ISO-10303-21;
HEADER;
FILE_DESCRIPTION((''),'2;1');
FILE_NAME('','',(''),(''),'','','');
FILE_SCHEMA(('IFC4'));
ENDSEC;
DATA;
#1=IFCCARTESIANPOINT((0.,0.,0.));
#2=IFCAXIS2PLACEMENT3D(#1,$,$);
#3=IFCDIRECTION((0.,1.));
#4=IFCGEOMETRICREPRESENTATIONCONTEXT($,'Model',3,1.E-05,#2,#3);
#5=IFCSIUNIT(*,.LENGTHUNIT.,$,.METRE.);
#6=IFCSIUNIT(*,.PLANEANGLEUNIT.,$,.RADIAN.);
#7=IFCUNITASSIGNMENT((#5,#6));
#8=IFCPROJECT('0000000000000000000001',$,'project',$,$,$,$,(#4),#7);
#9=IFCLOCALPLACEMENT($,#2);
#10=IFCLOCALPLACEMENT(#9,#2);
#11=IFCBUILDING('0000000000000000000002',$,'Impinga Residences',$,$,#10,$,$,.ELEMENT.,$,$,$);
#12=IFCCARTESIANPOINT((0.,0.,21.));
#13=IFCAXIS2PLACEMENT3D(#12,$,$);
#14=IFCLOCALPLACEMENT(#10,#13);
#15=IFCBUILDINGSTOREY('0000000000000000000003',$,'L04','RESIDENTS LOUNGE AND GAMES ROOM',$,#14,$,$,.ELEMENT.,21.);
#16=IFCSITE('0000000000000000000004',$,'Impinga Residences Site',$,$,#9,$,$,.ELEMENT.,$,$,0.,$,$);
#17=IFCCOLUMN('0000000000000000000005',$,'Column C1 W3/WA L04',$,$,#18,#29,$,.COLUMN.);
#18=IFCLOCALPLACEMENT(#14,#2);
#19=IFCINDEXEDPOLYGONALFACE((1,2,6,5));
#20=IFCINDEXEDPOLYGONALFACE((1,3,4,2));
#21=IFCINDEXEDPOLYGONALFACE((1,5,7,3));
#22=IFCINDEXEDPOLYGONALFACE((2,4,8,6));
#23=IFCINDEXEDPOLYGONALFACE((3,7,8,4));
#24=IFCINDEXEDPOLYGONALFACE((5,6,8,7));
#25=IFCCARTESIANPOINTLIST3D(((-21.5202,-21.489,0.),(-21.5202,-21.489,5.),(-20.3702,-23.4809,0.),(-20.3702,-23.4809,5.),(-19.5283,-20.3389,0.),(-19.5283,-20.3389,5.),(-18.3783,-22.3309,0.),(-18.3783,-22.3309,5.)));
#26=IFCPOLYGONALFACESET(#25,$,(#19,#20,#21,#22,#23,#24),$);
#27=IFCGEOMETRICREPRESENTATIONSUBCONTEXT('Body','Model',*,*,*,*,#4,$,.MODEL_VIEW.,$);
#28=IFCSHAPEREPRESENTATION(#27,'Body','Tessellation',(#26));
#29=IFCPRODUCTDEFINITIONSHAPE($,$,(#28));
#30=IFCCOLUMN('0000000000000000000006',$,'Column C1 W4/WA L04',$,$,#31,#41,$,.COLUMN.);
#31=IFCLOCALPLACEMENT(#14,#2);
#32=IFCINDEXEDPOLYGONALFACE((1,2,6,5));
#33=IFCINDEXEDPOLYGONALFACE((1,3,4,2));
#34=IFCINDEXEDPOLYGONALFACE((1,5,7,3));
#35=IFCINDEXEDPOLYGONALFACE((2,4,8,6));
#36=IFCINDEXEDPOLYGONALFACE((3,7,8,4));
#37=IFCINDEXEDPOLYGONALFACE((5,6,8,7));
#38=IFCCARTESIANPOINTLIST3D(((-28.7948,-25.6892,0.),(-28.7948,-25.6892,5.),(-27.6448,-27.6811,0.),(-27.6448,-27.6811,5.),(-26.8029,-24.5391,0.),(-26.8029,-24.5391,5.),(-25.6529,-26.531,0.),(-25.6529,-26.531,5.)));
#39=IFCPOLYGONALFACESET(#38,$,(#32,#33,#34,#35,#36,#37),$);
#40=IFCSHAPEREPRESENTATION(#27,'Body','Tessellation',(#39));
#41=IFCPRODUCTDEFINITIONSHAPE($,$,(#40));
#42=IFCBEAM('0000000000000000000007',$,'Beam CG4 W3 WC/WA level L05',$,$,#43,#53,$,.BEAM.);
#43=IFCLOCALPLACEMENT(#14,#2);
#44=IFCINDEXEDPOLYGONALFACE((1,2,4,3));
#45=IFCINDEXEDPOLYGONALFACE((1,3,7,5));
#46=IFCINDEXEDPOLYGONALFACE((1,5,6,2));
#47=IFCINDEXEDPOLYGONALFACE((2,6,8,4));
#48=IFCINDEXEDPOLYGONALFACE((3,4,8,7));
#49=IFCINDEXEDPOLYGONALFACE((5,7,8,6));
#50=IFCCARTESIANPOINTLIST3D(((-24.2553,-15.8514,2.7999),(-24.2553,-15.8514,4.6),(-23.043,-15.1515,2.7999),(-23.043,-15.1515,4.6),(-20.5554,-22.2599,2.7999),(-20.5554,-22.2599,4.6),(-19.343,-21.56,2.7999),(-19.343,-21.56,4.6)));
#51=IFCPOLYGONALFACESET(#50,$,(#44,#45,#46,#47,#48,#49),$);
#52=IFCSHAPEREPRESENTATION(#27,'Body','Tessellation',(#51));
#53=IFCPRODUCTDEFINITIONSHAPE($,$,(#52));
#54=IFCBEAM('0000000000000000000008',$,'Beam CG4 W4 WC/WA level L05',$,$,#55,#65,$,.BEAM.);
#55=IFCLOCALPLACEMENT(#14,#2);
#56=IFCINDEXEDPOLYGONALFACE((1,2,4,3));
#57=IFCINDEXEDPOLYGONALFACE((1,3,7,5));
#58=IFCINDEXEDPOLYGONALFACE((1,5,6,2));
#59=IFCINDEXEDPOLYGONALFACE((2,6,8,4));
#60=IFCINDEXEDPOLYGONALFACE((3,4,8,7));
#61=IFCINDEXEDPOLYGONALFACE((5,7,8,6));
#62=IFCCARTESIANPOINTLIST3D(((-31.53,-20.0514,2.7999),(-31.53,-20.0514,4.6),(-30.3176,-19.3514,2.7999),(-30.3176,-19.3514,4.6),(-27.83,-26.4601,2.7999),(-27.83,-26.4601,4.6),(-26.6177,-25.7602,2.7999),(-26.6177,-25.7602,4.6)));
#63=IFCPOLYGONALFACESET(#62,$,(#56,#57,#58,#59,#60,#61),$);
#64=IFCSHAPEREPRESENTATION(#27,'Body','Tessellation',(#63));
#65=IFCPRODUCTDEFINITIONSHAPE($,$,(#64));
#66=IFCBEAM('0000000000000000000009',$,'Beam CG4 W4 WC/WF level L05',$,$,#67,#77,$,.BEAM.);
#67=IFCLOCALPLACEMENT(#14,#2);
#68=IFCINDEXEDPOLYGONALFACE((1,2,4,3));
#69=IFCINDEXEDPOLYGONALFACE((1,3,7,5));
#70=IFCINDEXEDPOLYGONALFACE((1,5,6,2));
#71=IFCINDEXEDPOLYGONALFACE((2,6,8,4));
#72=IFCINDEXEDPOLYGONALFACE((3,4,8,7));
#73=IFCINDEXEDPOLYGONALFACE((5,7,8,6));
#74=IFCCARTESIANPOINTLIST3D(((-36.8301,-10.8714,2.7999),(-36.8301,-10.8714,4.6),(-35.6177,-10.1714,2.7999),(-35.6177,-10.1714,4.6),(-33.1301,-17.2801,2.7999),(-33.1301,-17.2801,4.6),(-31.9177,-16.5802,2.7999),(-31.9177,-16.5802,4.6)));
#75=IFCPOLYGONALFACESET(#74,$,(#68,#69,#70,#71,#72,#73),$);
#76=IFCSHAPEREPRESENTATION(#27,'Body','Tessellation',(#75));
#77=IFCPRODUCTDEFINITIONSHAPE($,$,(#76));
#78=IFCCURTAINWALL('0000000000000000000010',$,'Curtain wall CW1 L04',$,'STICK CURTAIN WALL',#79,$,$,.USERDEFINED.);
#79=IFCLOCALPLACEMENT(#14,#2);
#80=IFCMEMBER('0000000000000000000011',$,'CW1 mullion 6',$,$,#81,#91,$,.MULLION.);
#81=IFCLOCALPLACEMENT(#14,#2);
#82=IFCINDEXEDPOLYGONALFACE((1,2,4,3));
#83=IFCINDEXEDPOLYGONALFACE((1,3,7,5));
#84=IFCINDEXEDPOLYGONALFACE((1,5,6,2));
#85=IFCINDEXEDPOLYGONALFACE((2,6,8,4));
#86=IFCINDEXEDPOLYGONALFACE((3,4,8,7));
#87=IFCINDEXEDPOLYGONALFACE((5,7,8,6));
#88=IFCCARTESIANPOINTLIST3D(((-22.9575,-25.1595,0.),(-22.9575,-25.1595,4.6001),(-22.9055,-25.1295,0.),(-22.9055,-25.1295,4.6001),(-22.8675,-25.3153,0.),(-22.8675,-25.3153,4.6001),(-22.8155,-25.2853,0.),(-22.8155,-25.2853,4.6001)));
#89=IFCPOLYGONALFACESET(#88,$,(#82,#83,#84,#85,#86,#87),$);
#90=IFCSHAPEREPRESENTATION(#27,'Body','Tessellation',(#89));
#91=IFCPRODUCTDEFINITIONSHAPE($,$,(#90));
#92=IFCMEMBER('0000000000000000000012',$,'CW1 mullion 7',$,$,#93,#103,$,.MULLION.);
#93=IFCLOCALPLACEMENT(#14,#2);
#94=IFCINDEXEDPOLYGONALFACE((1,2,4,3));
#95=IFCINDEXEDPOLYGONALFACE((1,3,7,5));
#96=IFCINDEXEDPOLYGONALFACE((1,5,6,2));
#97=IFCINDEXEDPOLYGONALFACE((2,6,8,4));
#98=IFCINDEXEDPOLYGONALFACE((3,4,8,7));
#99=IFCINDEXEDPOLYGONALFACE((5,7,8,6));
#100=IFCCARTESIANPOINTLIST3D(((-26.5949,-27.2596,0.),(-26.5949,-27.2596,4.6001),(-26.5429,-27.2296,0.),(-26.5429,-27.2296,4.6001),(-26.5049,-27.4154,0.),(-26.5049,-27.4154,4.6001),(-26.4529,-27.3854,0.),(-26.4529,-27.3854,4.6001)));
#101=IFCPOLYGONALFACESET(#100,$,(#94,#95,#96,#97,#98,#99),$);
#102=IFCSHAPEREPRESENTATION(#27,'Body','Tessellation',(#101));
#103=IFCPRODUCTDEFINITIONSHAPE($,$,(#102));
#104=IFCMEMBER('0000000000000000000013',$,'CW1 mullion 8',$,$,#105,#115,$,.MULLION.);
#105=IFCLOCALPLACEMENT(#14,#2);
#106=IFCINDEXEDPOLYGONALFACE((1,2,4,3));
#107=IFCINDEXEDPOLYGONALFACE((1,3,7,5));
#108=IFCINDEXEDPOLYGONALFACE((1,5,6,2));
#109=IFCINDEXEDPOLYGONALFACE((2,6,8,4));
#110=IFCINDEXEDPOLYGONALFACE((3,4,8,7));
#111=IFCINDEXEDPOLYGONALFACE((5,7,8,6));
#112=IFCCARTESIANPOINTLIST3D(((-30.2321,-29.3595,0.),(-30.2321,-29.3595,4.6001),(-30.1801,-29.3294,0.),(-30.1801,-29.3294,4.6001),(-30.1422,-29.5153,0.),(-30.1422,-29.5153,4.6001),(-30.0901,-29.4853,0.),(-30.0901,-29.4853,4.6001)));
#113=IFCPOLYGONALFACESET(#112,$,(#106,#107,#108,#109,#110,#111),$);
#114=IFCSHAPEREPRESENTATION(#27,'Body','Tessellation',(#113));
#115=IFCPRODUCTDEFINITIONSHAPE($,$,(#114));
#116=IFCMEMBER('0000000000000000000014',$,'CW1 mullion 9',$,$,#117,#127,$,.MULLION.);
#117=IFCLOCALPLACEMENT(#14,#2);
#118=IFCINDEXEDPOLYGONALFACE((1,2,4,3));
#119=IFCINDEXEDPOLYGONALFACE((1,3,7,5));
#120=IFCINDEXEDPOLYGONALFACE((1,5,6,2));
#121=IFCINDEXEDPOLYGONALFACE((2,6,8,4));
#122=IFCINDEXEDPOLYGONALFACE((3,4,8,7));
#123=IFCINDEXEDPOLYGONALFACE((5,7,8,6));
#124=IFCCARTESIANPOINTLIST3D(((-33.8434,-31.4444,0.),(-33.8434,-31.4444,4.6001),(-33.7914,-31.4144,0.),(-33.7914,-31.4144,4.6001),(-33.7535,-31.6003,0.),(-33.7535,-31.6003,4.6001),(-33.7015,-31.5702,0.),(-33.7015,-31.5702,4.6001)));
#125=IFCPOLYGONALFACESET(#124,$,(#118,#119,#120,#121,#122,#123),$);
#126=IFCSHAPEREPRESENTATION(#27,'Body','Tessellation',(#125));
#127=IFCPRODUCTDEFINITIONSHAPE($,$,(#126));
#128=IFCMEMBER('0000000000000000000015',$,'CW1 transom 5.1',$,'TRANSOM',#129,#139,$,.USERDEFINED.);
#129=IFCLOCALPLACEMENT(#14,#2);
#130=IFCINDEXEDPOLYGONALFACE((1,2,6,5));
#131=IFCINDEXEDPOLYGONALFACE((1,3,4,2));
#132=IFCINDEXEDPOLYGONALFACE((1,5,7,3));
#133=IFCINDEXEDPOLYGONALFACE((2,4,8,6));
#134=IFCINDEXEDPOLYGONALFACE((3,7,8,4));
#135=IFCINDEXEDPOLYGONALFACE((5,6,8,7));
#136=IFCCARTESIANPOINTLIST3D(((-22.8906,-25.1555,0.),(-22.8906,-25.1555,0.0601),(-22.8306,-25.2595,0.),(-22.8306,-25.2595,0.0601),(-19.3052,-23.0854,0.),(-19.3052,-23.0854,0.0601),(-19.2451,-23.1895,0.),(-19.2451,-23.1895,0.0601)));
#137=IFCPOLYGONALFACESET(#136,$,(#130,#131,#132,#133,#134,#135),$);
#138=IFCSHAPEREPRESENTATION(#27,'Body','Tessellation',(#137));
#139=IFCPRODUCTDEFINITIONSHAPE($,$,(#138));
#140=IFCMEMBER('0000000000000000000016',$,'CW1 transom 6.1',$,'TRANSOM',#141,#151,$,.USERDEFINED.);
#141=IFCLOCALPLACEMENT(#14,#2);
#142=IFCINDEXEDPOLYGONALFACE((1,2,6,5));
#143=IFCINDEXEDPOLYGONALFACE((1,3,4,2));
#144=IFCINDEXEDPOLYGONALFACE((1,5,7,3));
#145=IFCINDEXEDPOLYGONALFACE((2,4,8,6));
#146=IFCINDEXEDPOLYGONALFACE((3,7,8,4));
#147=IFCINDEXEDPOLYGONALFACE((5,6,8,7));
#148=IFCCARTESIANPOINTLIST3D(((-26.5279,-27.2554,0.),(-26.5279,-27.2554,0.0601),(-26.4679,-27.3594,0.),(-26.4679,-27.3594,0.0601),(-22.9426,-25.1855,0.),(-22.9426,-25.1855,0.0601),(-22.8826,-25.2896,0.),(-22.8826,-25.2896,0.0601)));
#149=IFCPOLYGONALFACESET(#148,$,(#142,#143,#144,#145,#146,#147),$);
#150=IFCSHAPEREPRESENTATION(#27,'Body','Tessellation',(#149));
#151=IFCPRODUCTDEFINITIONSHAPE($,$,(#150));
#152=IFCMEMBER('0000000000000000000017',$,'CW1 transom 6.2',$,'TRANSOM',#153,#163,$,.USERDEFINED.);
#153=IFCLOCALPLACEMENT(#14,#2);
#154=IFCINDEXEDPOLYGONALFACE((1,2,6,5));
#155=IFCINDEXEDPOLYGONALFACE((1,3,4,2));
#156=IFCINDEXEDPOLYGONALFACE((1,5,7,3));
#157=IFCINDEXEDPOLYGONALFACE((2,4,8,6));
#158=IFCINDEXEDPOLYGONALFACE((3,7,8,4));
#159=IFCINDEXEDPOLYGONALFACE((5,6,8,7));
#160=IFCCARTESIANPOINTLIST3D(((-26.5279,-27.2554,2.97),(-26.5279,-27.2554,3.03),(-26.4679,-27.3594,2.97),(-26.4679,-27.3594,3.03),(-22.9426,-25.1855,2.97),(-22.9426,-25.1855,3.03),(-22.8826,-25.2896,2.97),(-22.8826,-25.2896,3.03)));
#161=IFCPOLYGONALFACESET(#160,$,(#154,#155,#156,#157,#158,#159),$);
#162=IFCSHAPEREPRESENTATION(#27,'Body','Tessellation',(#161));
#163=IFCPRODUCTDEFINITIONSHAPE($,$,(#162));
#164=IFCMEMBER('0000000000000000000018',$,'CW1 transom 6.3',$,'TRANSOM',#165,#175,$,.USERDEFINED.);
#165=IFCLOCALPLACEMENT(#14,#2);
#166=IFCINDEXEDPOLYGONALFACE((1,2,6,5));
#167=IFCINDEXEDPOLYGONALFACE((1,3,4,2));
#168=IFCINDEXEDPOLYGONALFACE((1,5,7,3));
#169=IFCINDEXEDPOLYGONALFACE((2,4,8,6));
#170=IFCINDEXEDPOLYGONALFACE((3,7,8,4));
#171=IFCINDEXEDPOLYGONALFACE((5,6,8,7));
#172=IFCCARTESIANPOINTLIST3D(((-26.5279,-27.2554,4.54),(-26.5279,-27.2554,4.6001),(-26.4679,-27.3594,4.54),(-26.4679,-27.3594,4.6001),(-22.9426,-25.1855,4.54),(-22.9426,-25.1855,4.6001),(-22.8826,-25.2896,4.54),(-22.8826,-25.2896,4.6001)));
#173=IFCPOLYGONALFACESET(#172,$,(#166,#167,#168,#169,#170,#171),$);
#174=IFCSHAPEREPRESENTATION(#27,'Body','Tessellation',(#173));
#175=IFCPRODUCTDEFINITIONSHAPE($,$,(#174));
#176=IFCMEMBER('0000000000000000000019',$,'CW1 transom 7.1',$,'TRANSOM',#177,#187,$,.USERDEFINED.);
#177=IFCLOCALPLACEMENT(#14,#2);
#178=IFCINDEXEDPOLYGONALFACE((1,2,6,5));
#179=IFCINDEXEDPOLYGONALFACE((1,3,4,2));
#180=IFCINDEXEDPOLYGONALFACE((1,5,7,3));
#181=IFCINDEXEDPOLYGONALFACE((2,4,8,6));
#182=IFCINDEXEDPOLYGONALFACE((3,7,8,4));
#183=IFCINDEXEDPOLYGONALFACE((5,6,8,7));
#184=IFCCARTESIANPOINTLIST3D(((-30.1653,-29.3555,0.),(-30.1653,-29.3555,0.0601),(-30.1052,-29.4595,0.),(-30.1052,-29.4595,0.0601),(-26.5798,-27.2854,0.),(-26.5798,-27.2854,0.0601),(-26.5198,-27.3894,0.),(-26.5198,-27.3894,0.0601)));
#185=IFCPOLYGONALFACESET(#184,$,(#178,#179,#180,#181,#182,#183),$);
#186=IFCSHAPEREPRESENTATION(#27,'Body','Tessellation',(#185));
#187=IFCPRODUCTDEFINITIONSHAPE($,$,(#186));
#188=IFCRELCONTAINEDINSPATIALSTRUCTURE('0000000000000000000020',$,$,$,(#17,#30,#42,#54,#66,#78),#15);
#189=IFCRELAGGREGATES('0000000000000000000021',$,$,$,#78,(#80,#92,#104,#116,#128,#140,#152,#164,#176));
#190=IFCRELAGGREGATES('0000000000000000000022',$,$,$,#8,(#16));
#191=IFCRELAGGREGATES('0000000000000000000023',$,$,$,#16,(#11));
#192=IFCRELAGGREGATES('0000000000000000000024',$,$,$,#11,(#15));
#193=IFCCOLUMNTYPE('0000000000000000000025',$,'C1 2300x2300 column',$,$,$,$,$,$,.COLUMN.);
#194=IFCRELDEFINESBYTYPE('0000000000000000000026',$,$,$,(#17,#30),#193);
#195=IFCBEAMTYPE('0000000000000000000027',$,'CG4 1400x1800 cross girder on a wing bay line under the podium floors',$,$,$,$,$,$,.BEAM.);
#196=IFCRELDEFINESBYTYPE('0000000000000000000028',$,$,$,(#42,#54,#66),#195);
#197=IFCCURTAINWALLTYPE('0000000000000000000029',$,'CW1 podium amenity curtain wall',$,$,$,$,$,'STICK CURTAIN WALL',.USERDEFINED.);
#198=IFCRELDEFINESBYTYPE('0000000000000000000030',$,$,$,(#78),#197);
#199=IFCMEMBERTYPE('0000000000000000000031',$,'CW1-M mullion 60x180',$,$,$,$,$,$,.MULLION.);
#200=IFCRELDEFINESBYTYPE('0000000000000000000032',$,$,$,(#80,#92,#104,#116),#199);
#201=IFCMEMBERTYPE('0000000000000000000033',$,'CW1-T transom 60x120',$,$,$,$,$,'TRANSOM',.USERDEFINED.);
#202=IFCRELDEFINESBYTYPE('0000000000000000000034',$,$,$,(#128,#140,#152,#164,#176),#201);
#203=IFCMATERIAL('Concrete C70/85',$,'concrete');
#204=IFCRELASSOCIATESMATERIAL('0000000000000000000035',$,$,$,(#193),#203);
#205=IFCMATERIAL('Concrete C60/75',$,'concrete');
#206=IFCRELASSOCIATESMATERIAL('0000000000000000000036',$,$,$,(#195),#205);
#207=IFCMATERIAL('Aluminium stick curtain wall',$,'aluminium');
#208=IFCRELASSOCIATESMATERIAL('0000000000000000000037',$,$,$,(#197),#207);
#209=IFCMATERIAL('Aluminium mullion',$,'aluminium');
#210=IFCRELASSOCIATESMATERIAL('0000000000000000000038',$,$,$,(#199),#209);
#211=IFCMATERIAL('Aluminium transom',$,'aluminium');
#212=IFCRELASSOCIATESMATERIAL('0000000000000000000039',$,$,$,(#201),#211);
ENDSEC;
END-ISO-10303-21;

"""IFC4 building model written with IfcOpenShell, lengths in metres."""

from ifc_helpers import new_model, si_unit, direction, frame, origin, origin_2d, place, context, subcontext, project, spatial, rectangle, extrude, material, material_profile, profile_set, type_object, element, aggregate, save


model = new_model("IFC4")

# Units and contexts
model_context = context("Model", 3, precision=1e-05, world=origin(), true_north=direction((0.0, 1.0)))
body_context = subcontext(model_context, "Body", "Model", "MODEL_VIEW")
ifc_project = project(units=[si_unit("LENGTHUNIT", "METRE"), si_unit("PLANEANGLEUNIT", "RADIAN")], contexts=[model_context])

# Site, building, storey
site_placement = place(None, origin())
site = spatial("IfcSite", under=ifc_project, at=site_placement, Name="Impinga Residences Site", CompositionType="ELEMENT", RefElevation=0.0)
building_placement = place(site_placement, origin())
building = spatial("IfcBuilding", under=site, at=building_placement, Name="Impinga Residences", CompositionType="ELEMENT")
storey_placement = place(building_placement, frame((0.0, 0.0, 21.0)))
storey = spatial("IfcBuildingStorey", under=building, at=storey_placement, Name="L04", Description="RESIDENTS LOUNGE AND GAMES ROOM", CompositionType="ELEMENT", Elevation=21.0)

# Columns
ifc_material_1 = material(Name="Concrete C70/85", Category="concrete")
ifc_material_profile_1 = material_profile(ifc_material_1, rectangle(XDim=2.3, YDim=2.3, at=origin_2d()), Name="RC 2300x2300")
ifc_profile_set_1 = profile_set([ifc_material_profile_1], Name="Concrete C70/85")
column_type = type_object("IfcColumnType", Name="C1 2300x2300 column", PredefinedType="COLUMN", material=ifc_profile_set_1)
for number, where, z_axis, x_axis, name in (
    (1, (-19.9492, -21.9099, 0.0), (0.0, 0.0, 1.0), (-0.5, 0.866025, 0.0), "Column C1 W3/WA L04"),
    (2, (-27.2239, -26.1101, 0.0), (0.0, 0.0, 1.0), (-0.5, 0.866025, 0.0), "Column C1 W4/WA L04"),
):
    element("IfcColumn", number, at=place(storey_placement, frame(where, z_axis=z_axis, x_axis=x_axis)), inside=storey, type_object=column_type, Name=name, PredefinedType="COLUMN", context=body_context, shape_type="SweptSolid", body=[
        extrude(rectangle(XDim=2.3, YDim=2.3, at=origin_2d()), origin(), (0.0, 0.0, 1.0), 5.0),
    ])

# Beams
ifc_material_2 = material(Name="Concrete C60/75", Category="concrete")
ifc_material_profile_2 = material_profile(ifc_material_2, rectangle(XDim=1.3999, YDim=1.8, at=origin_2d()), Name="RC 1400x1800")
ifc_profile_set_2 = profile_set([ifc_material_profile_2], Name="Concrete C60/75")
beam_type_1 = type_object("IfcBeamType", Name="CG4 1400x1800 cross girder on a wing bay line under the podium floors", PredefinedType="BEAM", material=ifc_profile_set_2)
beam_1_placement = place(storey_placement, frame((-23.6492, -15.5015, 3.7), z_axis=(0.500003, -0.866024, 0.0), x_axis=(0.866024, 0.500003, 0.0)))
element("IfcBeam", 3, at=beam_1_placement, inside=storey, type_object=beam_type_1, Name="Beam CG4 W3 WC/WA level L05", PredefinedType="BEAM", context=body_context, shape_type="SweptSolid", body=[
    extrude(rectangle(XDim=1.3999, YDim=1.8, at=origin_2d()), origin(), (0.0, 0.0, 1.0), 7.3999),
])
for number, where, z_axis, x_axis, name in (
    (4, (-30.9238, -19.7014, 3.7), (0.499989, -0.866032, 0.0), (0.866032, 0.499989, 0.0), "Beam CG4 W4 WC/WA level L05"),
    (5, (-32.5239, -16.9302, 3.7), (-0.499989, 0.866032, 0.0), (-0.866032, -0.499989, 0.0), "Beam CG4 W4 WC/WF level L05"),
):
    element("IfcBeam", number, at=place(storey_placement, frame(where, z_axis=z_axis, x_axis=x_axis)), inside=storey, type_object=beam_type_1, Name=name, PredefinedType="BEAM", context=body_context, shape_type="SweptSolid", body=[
        extrude(rectangle(XDim=1.3999, YDim=1.8, at=origin_2d()), origin(), (0.0, 0.0, 1.0), 7.4001),
    ])

# Curtain wall, members
ifc_material_3 = material(Name="Aluminium stick curtain wall", Category="aluminium")
curtain_wall_type = type_object("IfcCurtainWallType", Name="CW1 podium amenity curtain wall", ElementType="STICK CURTAIN WALL", PredefinedType="USERDEFINED", material=ifc_material_3)
curtain_wall_placement = place(storey_placement, origin())
curtain_wall = element("IfcCurtainWall", 6, at=curtain_wall_placement, inside=storey, type_object=curtain_wall_type, Name="Curtain wall CW1 L04", ObjectType="STICK CURTAIN WALL", PredefinedType="USERDEFINED")
ifc_material_4 = material(Name="Aluminium mullion", Category="aluminium")
ifc_material_profile_3 = material_profile(ifc_material_4, rectangle(XDim=0.0601, YDim=0.1799, at=origin_2d()), Name="60x180 mullion")
ifc_profile_set_3 = profile_set([ifc_material_profile_3], Name="Aluminium mullion")
member_type_1 = type_object("IfcMemberType", Name="CW1-M mullion 60x180", PredefinedType="MULLION", material=ifc_profile_set_3)
member_1_placement = place(storey_placement, frame((-22.8865, -25.2224, 0.0), z_axis=(0.0, 0.0, 1.0), x_axis=(-0.866025, -0.5, 0.0)))
member_1 = element("IfcMember", 7, at=member_1_placement, type_object=member_type_1, Name="CW1 mullion 6", PredefinedType="MULLION", context=body_context, shape_type="SweptSolid", body=[
    extrude(rectangle(XDim=0.0601, YDim=0.1799, at=origin_2d()), origin(), (0.0, 0.0, 1.0), 4.6001),
])
member_2_placement = place(storey_placement, frame((-26.5239, -27.3225, 0.0), z_axis=(0.0, 0.0, 1.0), x_axis=(-0.866025, -0.5, 0.0)))
member_2 = element("IfcMember", 8, at=member_2_placement, type_object=member_type_1, Name="CW1 mullion 7", PredefinedType="MULLION", context=body_context, shape_type="SweptSolid", body=[
    extrude(rectangle(XDim=0.0601, YDim=0.1799, at=origin_2d()), origin(), (0.0, 0.0, 1.0), 4.6001),
])
member_3_placement = place(storey_placement, frame((-30.1611, -29.4224, 0.0), z_axis=(0.0, 0.0, 1.0), x_axis=(-0.866025, -0.5, 0.0)))
member_3 = element("IfcMember", 9, at=member_3_placement, type_object=member_type_1, Name="CW1 mullion 8", PredefinedType="MULLION", context=body_context, shape_type="SweptSolid", body=[
    extrude(rectangle(XDim=0.0601, YDim=0.1799, at=origin_2d()), origin(), (0.0, 0.0, 1.0), 4.6001),
])
member_4_placement = place(storey_placement, frame((-33.7725, -31.5073, 0.0), z_axis=(0.0, 0.0, 1.0), x_axis=(-0.866025, -0.5, 0.0)))
member_4 = element("IfcMember", 10, at=member_4_placement, type_object=member_type_1, Name="CW1 mullion 9", PredefinedType="MULLION", context=body_context, shape_type="SweptSolid", body=[
    extrude(rectangle(XDim=0.0601, YDim=0.1799, at=origin_2d()), origin(), (0.0, 0.0, 1.0), 4.6001),
])
ifc_material_5 = material(Name="Aluminium transom", Category="aluminium")
ifc_material_profile_4 = material_profile(ifc_material_5, rectangle(XDim=0.0601, YDim=0.1201, at=origin_2d()), Name="60x120 transom")
ifc_profile_set_4 = profile_set([ifc_material_profile_4], Name="Aluminium transom")
member_type_2 = type_object("IfcMemberType", Name="CW1-T transom 60x120", ElementType="TRANSOM", PredefinedType="USERDEFINED", material=ifc_profile_set_4)
member_5_placement = place(storey_placement, frame((-19.2751, -23.1375, 0.03), z_axis=(-0.866025, -0.500002, 0.0), x_axis=(0.0, 0.0, 1.0)))
member_5 = element("IfcMember", 11, at=member_5_placement, type_object=member_type_2, Name="CW1 transom 5.1", ObjectType="TRANSOM", PredefinedType="USERDEFINED", context=body_context, shape_type="SweptSolid", body=[
    extrude(rectangle(XDim=0.0601, YDim=0.1201, at=origin_2d()), origin(), (0.0, 0.0, 1.0), 4.1401),
])
member_6_placement = place(storey_placement, frame((-22.9126, -25.2375, 0.03), z_axis=(-0.866035, -0.499983, 0.0), x_axis=(0.0, 0.0, 1.0)))
member_6 = element("IfcMember", 12, at=member_6_placement, type_object=member_type_2, Name="CW1 transom 6.1", ObjectType="TRANSOM", PredefinedType="USERDEFINED", context=body_context, shape_type="SweptSolid", body=[
    extrude(rectangle(XDim=0.0601, YDim=0.1201, at=origin_2d()), origin(), (0.0, 0.0, 1.0), 4.1399),
])
member_7_placement = place(storey_placement, frame((-22.9126, -25.2375, 3.0), z_axis=(-0.866035, -0.499983, 0.0), x_axis=(0.0, 0.0, 1.0)))
member_7 = element("IfcMember", 13, at=member_7_placement, type_object=member_type_2, Name="CW1 transom 6.2", ObjectType="TRANSOM", PredefinedType="USERDEFINED", context=body_context, shape_type="SweptSolid", body=[
    extrude(rectangle(XDim=0.0601, YDim=0.1201, at=origin_2d()), origin(), (0.0, 0.0, 1.0), 4.1399),
])
member_8_placement = place(storey_placement, frame((-22.9126, -25.2375, 4.5701), z_axis=(-0.866035, -0.499983, 0.0), x_axis=(0.0, 0.0, 1.0)))
member_8 = element("IfcMember", 14, at=member_8_placement, type_object=member_type_2, Name="CW1 transom 6.3", ObjectType="TRANSOM", PredefinedType="USERDEFINED", context=body_context, shape_type="SweptSolid", body=[
    extrude(rectangle(XDim=0.0601, YDim=0.1201, at=origin_2d()), origin(), (0.0, 0.0, 1.0), 4.1399),
])
member_9_placement = place(storey_placement, frame((-26.5498, -27.3374, 0.03), z_axis=(-0.866025, -0.500002, 0.0), x_axis=(0.0, 0.0, 1.0)))
member_9 = element("IfcMember", 15, at=member_9_placement, type_object=member_type_2, Name="CW1 transom 7.1", ObjectType="TRANSOM", PredefinedType="USERDEFINED", context=body_context, shape_type="SweptSolid", body=[
    extrude(rectangle(XDim=0.0601, YDim=0.1201, at=origin_2d()), origin(), (0.0, 0.0, 1.0), 4.1401),
])

aggregate(curtain_wall, [member_1, member_2, member_3, member_4, member_5, member_6, member_7, member_8, member_9])

save(model, "model.ifc")
